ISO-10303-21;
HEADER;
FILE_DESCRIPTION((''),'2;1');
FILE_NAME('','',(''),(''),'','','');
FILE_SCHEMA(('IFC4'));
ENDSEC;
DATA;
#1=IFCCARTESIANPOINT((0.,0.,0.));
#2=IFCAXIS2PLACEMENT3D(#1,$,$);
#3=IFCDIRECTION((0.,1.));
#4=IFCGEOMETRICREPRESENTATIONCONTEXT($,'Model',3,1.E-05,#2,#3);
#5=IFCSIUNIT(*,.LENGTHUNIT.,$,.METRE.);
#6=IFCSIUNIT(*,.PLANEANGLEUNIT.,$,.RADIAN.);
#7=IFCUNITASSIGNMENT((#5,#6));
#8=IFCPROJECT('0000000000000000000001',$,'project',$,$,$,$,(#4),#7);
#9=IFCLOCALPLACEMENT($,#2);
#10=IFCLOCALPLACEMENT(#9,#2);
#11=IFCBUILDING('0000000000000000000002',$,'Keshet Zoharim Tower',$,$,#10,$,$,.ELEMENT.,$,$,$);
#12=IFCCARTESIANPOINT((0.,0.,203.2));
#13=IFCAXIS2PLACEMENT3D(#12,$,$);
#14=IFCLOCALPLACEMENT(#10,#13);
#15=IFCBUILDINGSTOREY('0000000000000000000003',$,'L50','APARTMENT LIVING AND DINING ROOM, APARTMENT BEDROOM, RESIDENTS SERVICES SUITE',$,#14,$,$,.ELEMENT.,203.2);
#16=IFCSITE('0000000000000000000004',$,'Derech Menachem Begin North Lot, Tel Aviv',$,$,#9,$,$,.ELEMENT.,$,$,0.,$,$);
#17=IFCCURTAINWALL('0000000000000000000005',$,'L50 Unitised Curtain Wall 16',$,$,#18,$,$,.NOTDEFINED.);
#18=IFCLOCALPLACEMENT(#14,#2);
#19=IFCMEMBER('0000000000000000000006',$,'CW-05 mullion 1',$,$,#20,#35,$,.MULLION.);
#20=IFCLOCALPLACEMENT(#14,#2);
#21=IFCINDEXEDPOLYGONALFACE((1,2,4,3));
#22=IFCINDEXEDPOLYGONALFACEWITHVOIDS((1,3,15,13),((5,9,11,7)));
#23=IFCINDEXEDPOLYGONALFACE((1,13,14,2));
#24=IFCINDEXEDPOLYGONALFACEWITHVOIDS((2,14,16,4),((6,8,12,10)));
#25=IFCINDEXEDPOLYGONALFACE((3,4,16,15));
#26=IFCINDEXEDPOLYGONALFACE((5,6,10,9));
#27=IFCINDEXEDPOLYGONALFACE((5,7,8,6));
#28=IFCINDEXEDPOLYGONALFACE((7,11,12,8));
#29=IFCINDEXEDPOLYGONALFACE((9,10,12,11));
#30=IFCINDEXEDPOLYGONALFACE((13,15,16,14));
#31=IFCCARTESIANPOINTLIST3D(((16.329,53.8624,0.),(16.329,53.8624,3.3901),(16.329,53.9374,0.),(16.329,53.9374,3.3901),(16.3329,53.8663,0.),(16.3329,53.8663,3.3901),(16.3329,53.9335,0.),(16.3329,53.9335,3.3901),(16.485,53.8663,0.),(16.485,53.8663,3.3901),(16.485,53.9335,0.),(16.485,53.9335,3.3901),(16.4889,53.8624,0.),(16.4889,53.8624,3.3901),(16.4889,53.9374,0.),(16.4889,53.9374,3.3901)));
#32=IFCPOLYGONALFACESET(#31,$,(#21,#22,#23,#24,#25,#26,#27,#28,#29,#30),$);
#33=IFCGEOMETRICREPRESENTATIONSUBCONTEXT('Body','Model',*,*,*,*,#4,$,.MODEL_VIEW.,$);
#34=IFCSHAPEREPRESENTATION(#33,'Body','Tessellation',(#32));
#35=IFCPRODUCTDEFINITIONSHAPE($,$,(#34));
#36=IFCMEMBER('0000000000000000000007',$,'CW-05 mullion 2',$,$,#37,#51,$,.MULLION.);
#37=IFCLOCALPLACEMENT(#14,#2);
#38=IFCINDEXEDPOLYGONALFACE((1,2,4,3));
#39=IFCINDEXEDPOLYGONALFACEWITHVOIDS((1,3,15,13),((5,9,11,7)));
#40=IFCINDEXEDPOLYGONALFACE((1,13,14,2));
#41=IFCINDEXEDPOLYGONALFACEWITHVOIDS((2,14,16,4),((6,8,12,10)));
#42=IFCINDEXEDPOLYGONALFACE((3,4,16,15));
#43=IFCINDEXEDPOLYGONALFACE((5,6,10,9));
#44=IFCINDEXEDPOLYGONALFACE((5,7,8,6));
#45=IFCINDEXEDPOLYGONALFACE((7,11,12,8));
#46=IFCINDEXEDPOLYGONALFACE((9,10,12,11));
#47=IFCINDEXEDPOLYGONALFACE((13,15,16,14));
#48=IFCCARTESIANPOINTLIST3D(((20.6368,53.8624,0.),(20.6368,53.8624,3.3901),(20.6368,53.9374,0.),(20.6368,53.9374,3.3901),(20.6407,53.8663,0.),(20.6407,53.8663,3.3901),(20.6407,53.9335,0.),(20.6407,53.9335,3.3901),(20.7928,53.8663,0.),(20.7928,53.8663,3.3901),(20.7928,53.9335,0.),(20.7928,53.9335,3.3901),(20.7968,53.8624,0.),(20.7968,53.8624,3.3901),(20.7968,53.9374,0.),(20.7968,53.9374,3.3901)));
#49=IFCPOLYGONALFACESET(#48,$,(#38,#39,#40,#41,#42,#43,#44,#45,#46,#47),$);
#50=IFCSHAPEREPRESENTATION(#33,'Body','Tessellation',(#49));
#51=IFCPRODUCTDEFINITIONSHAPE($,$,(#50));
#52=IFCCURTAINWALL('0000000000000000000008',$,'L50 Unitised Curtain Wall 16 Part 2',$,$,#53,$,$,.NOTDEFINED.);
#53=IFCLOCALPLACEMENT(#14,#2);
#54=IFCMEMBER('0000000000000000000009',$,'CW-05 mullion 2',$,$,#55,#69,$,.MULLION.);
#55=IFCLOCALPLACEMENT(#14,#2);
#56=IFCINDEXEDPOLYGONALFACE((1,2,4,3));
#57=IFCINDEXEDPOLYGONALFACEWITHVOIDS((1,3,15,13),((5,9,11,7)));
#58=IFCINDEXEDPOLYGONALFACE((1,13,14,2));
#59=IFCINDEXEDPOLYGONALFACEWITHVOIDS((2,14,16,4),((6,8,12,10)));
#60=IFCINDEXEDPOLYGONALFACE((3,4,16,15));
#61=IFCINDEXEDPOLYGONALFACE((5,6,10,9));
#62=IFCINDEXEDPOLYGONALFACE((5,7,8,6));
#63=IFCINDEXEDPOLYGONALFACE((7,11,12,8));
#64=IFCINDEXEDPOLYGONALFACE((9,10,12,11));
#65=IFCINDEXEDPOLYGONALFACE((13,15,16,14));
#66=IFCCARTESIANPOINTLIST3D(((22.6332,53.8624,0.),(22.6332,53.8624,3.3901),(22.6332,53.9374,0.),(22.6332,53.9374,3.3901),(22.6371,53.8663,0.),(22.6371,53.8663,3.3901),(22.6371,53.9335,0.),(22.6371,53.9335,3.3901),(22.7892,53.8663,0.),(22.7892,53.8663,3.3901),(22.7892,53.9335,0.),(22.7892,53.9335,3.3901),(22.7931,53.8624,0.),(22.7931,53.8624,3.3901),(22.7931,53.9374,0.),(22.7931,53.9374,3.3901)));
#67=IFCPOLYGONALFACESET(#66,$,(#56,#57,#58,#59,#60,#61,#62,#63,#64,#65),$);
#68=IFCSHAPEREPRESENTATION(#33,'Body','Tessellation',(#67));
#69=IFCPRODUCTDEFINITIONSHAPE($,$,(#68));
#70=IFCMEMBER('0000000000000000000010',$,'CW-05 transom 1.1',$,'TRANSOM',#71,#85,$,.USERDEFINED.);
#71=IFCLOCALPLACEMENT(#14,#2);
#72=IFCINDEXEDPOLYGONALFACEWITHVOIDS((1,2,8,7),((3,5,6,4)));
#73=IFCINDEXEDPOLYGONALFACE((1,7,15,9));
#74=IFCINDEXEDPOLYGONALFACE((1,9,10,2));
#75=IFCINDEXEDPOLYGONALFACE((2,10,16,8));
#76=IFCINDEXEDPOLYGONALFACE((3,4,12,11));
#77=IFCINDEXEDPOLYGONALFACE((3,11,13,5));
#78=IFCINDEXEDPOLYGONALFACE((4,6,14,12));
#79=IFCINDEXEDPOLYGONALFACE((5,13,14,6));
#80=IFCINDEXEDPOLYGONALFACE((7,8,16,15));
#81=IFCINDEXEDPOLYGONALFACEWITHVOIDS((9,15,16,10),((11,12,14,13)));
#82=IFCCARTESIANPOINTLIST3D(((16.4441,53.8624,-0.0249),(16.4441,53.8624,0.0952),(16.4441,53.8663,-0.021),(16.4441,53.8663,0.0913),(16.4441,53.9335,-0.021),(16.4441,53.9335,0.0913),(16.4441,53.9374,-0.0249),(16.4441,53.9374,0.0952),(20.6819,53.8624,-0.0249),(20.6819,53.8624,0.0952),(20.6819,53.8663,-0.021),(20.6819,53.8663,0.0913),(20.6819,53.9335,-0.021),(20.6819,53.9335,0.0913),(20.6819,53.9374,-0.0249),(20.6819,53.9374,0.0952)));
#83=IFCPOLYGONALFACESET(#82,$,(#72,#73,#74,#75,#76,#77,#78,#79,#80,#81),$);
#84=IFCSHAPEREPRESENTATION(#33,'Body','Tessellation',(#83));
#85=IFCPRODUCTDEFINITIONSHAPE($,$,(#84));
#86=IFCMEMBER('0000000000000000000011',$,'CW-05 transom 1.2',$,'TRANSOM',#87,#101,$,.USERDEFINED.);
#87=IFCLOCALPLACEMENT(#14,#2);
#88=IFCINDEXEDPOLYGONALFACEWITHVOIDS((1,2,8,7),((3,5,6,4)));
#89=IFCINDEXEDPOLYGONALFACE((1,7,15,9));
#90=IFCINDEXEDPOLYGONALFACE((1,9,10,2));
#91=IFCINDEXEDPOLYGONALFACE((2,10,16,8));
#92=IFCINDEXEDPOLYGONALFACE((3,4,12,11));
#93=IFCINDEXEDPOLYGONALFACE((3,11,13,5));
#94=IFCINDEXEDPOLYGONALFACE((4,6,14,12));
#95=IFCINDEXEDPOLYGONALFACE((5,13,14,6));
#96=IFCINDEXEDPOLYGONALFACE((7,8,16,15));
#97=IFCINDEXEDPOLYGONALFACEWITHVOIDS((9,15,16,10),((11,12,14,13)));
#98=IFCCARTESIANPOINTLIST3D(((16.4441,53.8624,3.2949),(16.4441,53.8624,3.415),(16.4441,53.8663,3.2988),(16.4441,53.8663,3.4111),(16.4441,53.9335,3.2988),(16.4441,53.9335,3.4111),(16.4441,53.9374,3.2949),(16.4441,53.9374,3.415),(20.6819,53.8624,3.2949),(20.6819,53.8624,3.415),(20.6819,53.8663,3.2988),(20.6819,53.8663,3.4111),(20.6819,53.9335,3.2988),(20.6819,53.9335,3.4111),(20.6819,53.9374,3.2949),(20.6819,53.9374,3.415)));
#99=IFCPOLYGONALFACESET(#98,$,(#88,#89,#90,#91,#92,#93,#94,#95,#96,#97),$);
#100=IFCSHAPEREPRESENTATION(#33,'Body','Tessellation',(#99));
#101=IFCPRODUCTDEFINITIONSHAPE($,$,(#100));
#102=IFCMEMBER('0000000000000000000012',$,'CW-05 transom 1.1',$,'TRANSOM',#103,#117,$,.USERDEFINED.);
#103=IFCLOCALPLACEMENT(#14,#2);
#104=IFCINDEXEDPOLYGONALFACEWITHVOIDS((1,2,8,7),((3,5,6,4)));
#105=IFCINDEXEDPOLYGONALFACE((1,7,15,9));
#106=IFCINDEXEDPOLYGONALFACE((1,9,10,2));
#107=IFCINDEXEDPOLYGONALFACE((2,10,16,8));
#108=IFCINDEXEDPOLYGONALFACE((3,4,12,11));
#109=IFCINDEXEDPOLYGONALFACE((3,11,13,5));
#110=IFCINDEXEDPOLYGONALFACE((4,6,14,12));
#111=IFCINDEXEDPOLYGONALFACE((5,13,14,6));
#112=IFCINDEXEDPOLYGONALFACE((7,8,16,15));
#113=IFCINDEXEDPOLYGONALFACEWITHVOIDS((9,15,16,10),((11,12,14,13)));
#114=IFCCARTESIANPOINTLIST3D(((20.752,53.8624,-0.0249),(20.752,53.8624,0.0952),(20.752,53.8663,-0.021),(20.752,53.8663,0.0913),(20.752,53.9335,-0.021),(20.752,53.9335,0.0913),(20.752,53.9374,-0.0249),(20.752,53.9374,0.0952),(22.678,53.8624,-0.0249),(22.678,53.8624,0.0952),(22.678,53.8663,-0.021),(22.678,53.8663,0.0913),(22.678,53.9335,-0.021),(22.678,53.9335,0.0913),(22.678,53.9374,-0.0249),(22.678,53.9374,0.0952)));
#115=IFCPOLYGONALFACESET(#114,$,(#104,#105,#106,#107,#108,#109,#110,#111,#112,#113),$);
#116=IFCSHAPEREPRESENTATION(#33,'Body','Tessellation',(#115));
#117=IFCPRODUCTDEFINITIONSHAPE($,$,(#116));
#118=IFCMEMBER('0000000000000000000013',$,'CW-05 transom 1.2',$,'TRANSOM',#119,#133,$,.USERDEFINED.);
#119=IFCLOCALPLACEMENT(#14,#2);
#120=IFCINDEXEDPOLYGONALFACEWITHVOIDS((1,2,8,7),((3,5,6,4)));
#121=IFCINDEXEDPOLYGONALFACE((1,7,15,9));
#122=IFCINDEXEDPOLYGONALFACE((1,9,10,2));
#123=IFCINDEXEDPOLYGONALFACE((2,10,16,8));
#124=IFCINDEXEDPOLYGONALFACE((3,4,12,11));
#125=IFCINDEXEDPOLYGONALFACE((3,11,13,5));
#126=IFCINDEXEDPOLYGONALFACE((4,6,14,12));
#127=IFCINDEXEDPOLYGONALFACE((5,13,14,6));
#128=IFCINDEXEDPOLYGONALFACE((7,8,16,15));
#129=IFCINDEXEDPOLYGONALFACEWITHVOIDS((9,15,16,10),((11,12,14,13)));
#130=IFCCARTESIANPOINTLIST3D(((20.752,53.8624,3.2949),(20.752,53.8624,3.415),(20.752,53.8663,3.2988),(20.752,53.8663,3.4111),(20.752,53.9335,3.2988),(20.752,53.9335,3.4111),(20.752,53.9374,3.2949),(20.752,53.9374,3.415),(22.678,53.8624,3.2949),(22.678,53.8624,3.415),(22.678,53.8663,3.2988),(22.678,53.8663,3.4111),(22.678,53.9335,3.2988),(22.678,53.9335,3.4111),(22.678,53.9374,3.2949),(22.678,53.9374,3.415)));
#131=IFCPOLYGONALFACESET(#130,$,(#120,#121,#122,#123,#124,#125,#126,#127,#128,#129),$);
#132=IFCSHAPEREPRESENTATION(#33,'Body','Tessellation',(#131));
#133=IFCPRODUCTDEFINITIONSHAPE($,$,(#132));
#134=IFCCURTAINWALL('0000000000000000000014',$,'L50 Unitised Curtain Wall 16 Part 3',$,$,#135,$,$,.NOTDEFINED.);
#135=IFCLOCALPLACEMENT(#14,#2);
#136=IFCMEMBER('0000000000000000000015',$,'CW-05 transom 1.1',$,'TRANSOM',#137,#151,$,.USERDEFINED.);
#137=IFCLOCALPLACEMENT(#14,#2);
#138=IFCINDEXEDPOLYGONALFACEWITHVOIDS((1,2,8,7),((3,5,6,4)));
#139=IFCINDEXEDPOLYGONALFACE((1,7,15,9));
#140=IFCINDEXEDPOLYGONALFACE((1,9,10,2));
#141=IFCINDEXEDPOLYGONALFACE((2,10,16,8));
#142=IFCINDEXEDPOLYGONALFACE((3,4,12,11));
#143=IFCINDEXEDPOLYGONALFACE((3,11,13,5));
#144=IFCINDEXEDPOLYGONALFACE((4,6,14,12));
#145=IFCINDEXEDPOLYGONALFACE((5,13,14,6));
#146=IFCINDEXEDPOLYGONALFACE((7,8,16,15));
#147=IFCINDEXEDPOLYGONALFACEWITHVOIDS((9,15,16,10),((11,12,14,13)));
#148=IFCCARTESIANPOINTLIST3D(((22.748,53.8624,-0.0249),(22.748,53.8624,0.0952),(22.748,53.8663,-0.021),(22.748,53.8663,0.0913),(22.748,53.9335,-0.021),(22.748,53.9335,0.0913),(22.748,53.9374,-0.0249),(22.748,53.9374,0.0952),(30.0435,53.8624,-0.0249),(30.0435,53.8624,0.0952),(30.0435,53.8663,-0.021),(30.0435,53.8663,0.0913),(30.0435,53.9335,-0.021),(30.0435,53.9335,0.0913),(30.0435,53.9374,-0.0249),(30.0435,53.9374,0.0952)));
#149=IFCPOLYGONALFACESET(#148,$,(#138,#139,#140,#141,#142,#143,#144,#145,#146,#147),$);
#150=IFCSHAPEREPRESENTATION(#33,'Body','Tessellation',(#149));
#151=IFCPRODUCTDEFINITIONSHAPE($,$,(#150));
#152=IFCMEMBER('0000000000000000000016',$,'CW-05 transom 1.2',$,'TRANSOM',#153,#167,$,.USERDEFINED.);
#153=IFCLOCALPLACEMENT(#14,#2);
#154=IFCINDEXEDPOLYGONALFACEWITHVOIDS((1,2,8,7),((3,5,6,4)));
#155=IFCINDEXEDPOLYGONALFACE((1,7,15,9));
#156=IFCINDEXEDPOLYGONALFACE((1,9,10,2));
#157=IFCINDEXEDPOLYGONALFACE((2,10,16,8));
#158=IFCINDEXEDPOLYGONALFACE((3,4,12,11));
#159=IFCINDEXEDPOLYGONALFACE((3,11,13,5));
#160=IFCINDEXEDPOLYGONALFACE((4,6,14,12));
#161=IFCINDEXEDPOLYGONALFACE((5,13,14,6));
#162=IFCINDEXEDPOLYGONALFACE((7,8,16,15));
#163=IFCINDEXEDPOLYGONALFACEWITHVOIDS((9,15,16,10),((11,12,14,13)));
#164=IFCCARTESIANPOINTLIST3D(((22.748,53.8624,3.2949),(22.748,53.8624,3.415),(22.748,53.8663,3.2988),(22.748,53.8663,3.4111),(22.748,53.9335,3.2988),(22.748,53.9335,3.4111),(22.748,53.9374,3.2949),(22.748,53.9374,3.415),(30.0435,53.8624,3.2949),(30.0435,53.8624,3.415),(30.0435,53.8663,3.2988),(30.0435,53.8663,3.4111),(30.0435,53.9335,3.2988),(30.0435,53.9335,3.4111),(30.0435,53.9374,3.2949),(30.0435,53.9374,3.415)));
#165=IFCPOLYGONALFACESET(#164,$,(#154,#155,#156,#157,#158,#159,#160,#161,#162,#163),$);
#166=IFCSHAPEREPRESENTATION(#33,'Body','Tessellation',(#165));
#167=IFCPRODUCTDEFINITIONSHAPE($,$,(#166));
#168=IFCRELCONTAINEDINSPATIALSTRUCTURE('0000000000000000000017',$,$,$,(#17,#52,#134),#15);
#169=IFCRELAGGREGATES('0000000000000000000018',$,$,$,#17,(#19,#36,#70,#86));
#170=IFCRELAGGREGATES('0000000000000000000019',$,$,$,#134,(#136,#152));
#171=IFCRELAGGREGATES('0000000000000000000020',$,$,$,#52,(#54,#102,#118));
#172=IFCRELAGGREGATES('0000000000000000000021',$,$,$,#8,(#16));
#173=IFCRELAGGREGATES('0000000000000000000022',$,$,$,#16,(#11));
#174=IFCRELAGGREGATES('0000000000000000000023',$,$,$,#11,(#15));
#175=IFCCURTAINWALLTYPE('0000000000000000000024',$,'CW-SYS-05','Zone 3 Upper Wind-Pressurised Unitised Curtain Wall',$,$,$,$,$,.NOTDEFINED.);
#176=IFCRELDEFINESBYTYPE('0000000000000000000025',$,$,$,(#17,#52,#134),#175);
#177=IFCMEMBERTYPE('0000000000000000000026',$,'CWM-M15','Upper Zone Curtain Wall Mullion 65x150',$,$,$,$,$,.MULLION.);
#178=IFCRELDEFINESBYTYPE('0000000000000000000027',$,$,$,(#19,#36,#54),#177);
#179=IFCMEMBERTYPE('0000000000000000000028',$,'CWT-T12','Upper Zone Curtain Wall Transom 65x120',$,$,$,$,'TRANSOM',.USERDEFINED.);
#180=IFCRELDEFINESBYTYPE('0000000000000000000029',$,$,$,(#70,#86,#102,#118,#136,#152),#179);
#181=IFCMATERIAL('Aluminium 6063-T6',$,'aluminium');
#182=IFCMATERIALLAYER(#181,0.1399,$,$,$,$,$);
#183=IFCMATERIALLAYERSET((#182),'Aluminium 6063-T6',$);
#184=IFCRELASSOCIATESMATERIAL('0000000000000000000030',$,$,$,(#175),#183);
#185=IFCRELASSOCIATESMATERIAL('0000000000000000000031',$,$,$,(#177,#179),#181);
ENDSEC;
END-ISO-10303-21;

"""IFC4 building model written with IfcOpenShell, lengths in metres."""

from ifc_helpers import new_model, si_unit, direction, frame, origin, origin_2d, place, context, subcontext, project, spatial, hollow_rectangle, extrude, material, layer, layer_set, material_profile, profile_set, type_object, element, aggregate, save


model = new_model("IFC4")

# Units and contexts
model_context = context("Model", 3, precision=1e-05, world=origin(), true_north=direction((0.0, 1.0)))
body_context = subcontext(model_context, "Body", "Model", "MODEL_VIEW")
ifc_project = project(units=[si_unit("LENGTHUNIT", "METRE"), si_unit("PLANEANGLEUNIT", "RADIAN")], contexts=[model_context])

# Site, building, storey
site_placement = place(None, origin())
site = spatial("IfcSite", under=ifc_project, at=site_placement, Name="Derech Menachem Begin North Lot, Tel Aviv", CompositionType="ELEMENT", RefElevation=0.0)
building_placement = place(site_placement, origin())
building = spatial("IfcBuilding", under=site, at=building_placement, Name="Keshet Zoharim Tower", CompositionType="ELEMENT")
storey_placement = place(building_placement, frame((0.0, 0.0, 203.2)))
storey = spatial("IfcBuildingStorey", under=building, at=storey_placement, Name="L50", Description="APARTMENT LIVING AND DINING ROOM, APARTMENT BEDROOM, RESIDENTS SERVICES SUITE", CompositionType="ELEMENT", Elevation=203.2)

# Curtain wall, members
ifc_material_1 = material(Name="Aluminium 6063-T6", Category="aluminium")
ifc_layer_1 = layer(ifc_material_1, 0.1399)
ifc_layer_set_1 = layer_set([ifc_layer_1], Name="Aluminium 6063-T6")
curtain_wall_type = type_object("IfcCurtainWallType", Name="CW-SYS-05", Description="Zone 3 Upper Wind-Pressurised Unitised Curtain Wall", PredefinedType="NOTDEFINED", material=ifc_layer_set_1)
curtain_wall_1_placement = place(storey_placement, origin())
curtain_wall_1 = element("IfcCurtainWall", 1, at=curtain_wall_1_placement, inside=storey, type_object=curtain_wall_type, Name="L50 Unitised Curtain Wall 16", PredefinedType="NOTDEFINED")
ifc_material_profile_1 = material_profile(ifc_material_1, hollow_rectangle(XDim=0.075, YDim=0.1599, WallThickness=0.0039, at=origin_2d()), Name="MUL-75x160")
ifc_profile_set_1 = profile_set([ifc_material_profile_1], Name="Aluminium 6063-T6")
member_type_1 = type_object("IfcMemberType", Name="CWM-M15", Description="Upper Zone Curtain Wall Mullion 65x150", PredefinedType="MULLION", material=ifc_profile_set_1)
member_1_placement = place(storey_placement, frame((16.4089, 53.8999, 0.0), z_axis=(0.0, 0.0, 1.0), x_axis=(0.0, 1.0, 0.0)))
member_1 = element("IfcMember", 2, at=member_1_placement, type_object=member_type_1, Name="CW-05 mullion 1", PredefinedType="MULLION", context=body_context, shape_type="SweptSolid", body=[
    extrude(hollow_rectangle(XDim=0.075, YDim=0.1599, WallThickness=0.0039, at=origin_2d()), origin(), (0.0, 0.0, 1.0), 3.3901),
])
member_2_placement = place(storey_placement, frame((20.7168, 53.8999, 0.0), z_axis=(0.0, 0.0, 1.0), x_axis=(0.0, 1.0, 0.0)))
member_2 = element("IfcMember", 3, at=member_2_placement, type_object=member_type_1, Name="CW-05 mullion 2", PredefinedType="MULLION", context=body_context, shape_type="SweptSolid", body=[
    extrude(hollow_rectangle(XDim=0.075, YDim=0.1599, WallThickness=0.0039, at=origin_2d()), origin(), (0.0, 0.0, 1.0), 3.3901),
])

# Curtain wall, member
curtain_wall_2_placement = place(storey_placement, origin())
curtain_wall_2 = element("IfcCurtainWall", 4, at=curtain_wall_2_placement, inside=storey, type_object=curtain_wall_type, Name="L50 Unitised Curtain Wall 16 Part 2", PredefinedType="NOTDEFINED")
member_3_placement = place(storey_placement, frame((22.7131, 53.8999, 0.0), z_axis=(0.0, 0.0, 1.0), x_axis=(0.0, 1.0, 0.0)))
member_3 = element("IfcMember", 5, at=member_3_placement, type_object=member_type_1, Name="CW-05 mullion 2", PredefinedType="MULLION", context=body_context, shape_type="SweptSolid", body=[
    extrude(hollow_rectangle(XDim=0.075, YDim=0.1599, WallThickness=0.0039, at=origin_2d()), origin(), (0.0, 0.0, 1.0), 3.3901),
])

# Members
ifc_material_profile_2 = material_profile(ifc_material_1, hollow_rectangle(XDim=0.075, YDim=0.1201, WallThickness=0.0039, at=origin_2d()), Name="TRN-75x120")
ifc_profile_set_2 = profile_set([ifc_material_profile_2], Name="Aluminium 6063-T6")
member_type_2 = type_object("IfcMemberType", Name="CWT-T12", Description="Upper Zone Curtain Wall Transom 65x120", ElementType="TRANSOM", PredefinedType="USERDEFINED", material=ifc_profile_set_2)
member_4_placement = place(storey_placement, frame((16.4441, 53.8999, 0.0352), z_axis=(1.0, 0.0, 0.0), x_axis=(0.0, 1.0, 0.0)))
member_4 = element("IfcMember", 6, at=member_4_placement, type_object=member_type_2, Name="CW-05 transom 1.1", ObjectType="TRANSOM", PredefinedType="USERDEFINED", context=body_context, shape_type="SweptSolid", body=[
    extrude(hollow_rectangle(XDim=0.075, YDim=0.1201, WallThickness=0.0039, at=origin_2d()), origin(), (0.0, 0.0, 1.0), 4.2378),
])
member_5_placement = place(storey_placement, frame((16.4441, 53.8999, 3.355), z_axis=(1.0, 0.0, 0.0), x_axis=(0.0, 1.0, 0.0)))
member_5 = element("IfcMember", 7, at=member_5_placement, type_object=member_type_2, Name="CW-05 transom 1.2", ObjectType="TRANSOM", PredefinedType="USERDEFINED", context=body_context, shape_type="SweptSolid", body=[
    extrude(hollow_rectangle(XDim=0.075, YDim=0.1201, WallThickness=0.0039, at=origin_2d()), origin(), (0.0, 0.0, 1.0), 4.2378),
])
member_6_placement = place(storey_placement, frame((20.752, 53.8999, 0.0352), z_axis=(1.0, 0.0, 0.0), x_axis=(0.0, 1.0, 0.0)))
member_6 = element("IfcMember", 8, at=member_6_placement, type_object=member_type_2, Name="CW-05 transom 1.1", ObjectType="TRANSOM", PredefinedType="USERDEFINED", context=body_context, shape_type="SweptSolid", body=[
    extrude(hollow_rectangle(XDim=0.075, YDim=0.1201, WallThickness=0.0039, at=origin_2d()), origin(), (0.0, 0.0, 1.0), 1.926),
])
member_7_placement = place(storey_placement, frame((20.752, 53.8999, 3.355), z_axis=(1.0, 0.0, 0.0), x_axis=(0.0, 1.0, 0.0)))
member_7 = element("IfcMember", 9, at=member_7_placement, type_object=member_type_2, Name="CW-05 transom 1.2", ObjectType="TRANSOM", PredefinedType="USERDEFINED", context=body_context, shape_type="SweptSolid", body=[
    extrude(hollow_rectangle(XDim=0.075, YDim=0.1201, WallThickness=0.0039, at=origin_2d()), origin(), (0.0, 0.0, 1.0), 1.926),
])

# Curtain wall, members
curtain_wall_3_placement = place(storey_placement, origin())
curtain_wall_3 = element("IfcCurtainWall", 10, at=curtain_wall_3_placement, inside=storey, type_object=curtain_wall_type, Name="L50 Unitised Curtain Wall 16 Part 3", PredefinedType="NOTDEFINED")
member_8_placement = place(storey_placement, frame((22.748, 53.8999, 0.0352), z_axis=(1.0, 0.0, 0.0), x_axis=(0.0, 1.0, 0.0)))
member_8 = element("IfcMember", 11, at=member_8_placement, type_object=member_type_2, Name="CW-05 transom 1.1", ObjectType="TRANSOM", PredefinedType="USERDEFINED", context=body_context, shape_type="SweptSolid", body=[
    extrude(hollow_rectangle(XDim=0.075, YDim=0.1201, WallThickness=0.0039, at=origin_2d()), origin(), (0.0, 0.0, 1.0), 7.2954),
])
member_9_placement = place(storey_placement, frame((22.748, 53.8999, 3.355), z_axis=(1.0, 0.0, 0.0), x_axis=(0.0, 1.0, 0.0)))
member_9 = element("IfcMember", 12, at=member_9_placement, type_object=member_type_2, Name="CW-05 transom 1.2", ObjectType="TRANSOM", PredefinedType="USERDEFINED", context=body_context, shape_type="SweptSolid", body=[
    extrude(hollow_rectangle(XDim=0.075, YDim=0.1201, WallThickness=0.0039, at=origin_2d()), origin(), (0.0, 0.0, 1.0), 7.2954),
])

aggregate(curtain_wall_1, [member_1, member_2, member_4, member_5])
aggregate(curtain_wall_3, [member_8, member_9])
aggregate(curtain_wall_2, [member_3, member_6, member_7])

save(model, "model.ifc")
